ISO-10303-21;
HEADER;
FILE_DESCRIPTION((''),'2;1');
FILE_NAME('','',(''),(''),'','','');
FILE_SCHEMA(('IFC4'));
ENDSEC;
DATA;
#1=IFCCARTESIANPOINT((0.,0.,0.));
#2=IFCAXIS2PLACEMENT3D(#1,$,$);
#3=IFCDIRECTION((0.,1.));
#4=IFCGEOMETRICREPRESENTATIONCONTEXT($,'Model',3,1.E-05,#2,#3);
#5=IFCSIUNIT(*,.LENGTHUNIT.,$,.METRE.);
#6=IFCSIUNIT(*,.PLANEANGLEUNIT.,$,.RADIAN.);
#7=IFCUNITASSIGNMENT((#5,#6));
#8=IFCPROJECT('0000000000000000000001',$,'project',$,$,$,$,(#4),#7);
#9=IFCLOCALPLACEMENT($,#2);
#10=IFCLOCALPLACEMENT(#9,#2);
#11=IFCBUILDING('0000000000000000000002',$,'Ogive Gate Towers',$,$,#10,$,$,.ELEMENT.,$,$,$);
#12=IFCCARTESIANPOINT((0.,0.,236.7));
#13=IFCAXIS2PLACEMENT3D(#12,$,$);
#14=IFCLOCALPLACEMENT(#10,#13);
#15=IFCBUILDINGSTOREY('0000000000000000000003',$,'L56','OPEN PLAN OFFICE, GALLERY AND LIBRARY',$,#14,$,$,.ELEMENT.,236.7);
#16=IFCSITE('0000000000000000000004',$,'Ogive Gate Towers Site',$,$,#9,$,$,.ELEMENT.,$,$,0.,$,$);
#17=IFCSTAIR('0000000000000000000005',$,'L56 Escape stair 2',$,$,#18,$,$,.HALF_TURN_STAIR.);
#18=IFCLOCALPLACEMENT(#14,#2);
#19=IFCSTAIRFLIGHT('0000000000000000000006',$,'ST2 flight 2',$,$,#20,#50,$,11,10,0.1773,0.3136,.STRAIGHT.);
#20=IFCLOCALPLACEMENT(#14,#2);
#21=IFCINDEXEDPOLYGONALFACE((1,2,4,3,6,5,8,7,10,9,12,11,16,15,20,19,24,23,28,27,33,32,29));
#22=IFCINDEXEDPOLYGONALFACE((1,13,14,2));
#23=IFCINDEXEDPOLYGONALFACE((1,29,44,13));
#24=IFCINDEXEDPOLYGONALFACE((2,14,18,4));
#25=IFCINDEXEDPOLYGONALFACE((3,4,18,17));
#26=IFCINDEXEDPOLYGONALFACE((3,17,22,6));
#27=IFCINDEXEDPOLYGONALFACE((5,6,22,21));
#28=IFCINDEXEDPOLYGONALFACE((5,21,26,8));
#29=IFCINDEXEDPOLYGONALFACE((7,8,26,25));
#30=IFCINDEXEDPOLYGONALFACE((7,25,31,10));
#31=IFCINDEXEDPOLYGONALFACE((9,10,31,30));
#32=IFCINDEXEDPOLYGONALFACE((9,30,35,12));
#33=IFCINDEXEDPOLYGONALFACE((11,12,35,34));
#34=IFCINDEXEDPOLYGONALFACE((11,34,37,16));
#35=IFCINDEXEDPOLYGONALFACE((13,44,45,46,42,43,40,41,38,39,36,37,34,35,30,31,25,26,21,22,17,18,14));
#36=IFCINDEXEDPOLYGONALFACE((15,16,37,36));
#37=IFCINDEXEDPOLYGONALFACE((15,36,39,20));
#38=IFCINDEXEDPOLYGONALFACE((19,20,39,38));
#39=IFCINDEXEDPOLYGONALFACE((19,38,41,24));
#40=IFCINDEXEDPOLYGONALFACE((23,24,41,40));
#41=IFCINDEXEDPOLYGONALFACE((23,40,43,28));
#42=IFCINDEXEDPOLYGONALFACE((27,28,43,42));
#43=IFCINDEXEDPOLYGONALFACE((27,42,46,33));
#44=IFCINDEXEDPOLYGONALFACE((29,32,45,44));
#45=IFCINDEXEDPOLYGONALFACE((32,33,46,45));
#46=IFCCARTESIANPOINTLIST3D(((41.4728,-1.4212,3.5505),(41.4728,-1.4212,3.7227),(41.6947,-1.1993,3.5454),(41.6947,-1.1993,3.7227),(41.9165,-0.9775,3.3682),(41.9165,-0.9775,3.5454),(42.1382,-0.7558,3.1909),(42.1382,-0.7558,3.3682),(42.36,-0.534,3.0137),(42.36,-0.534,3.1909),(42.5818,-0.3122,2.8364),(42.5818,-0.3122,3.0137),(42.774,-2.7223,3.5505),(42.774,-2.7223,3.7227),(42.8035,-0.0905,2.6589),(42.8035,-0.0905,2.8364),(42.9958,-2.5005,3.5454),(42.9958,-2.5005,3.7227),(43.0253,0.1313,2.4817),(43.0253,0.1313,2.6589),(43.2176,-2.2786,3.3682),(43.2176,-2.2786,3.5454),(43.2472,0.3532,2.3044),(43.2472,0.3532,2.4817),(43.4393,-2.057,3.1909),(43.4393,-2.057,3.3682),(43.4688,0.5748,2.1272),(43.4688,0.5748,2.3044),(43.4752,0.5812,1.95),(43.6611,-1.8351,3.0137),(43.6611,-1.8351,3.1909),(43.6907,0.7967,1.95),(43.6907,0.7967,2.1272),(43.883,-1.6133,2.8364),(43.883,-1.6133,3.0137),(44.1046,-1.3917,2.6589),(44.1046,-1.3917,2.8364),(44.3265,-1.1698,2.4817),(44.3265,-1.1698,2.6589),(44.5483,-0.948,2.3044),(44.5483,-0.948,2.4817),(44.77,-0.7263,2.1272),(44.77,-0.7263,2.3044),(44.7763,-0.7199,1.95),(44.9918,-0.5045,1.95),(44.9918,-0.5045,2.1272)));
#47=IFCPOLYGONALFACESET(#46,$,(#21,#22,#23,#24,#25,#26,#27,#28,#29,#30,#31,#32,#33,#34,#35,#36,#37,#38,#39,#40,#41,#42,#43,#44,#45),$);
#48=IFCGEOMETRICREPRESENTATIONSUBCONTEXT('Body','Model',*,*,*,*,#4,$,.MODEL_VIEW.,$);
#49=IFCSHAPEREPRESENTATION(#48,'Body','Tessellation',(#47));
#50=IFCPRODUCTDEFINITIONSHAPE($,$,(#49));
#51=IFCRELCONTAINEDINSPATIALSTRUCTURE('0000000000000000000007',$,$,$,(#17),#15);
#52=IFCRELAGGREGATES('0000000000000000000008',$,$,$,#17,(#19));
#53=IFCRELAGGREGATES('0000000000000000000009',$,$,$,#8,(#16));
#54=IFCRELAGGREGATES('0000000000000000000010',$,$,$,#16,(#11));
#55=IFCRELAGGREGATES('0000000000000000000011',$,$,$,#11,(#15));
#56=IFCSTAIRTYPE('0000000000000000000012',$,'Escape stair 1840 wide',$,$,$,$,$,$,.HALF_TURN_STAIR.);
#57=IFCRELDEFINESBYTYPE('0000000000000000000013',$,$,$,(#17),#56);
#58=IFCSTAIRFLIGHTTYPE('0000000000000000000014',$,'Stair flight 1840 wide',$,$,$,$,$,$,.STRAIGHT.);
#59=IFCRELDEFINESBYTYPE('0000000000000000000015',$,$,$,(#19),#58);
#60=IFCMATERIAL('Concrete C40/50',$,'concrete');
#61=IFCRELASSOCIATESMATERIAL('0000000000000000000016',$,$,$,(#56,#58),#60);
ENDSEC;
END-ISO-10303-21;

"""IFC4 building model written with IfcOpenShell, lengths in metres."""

from ifc_helpers import new_model, si_unit, direction, frame, origin, place, context, subcontext, project, spatial, polyline, outline, extrude, material, type_object, element, aggregate, save


model = new_model("IFC4")

# Units and contexts
model_context = context("Model", 3, precision=1e-05, world=origin(), true_north=direction((0.0, 1.0)))
body_context = subcontext(model_context, "Body", "Model", "MODEL_VIEW")
ifc_project = project(units=[si_unit("LENGTHUNIT", "METRE"), si_unit("PLANEANGLEUNIT", "RADIAN")], contexts=[model_context])

# Site, building, storey
site_placement = place(None, origin())
site = spatial("IfcSite", under=ifc_project, at=site_placement, Name="Ogive Gate Towers Site", CompositionType="ELEMENT", RefElevation=0.0)
building_placement = place(site_placement, origin())
building = spatial("IfcBuilding", under=site, at=building_placement, Name="Ogive Gate Towers", CompositionType="ELEMENT")
storey_placement = place(building_placement, frame((0.0, 0.0, 236.7)))
storey = spatial("IfcBuildingStorey", under=building, at=storey_placement, Name="L56", Description="OPEN PLAN OFFICE, GALLERY AND LIBRARY", CompositionType="ELEMENT", Elevation=236.7)

# Stair, stair flight
ifc_material_1 = material(Name="Concrete C40/50", Category="concrete")
stair_type = type_object("IfcStairType", Name="Escape stair 1840 wide", PredefinedType="HALF_TURN_STAIR", material=ifc_material_1)
stair_placement = place(storey_placement, origin())
stair = element("IfcStair", 1, at=stair_placement, inside=storey, type_object=stair_type, Name="L56 Escape stair 2", PredefinedType="HALF_TURN_STAIR")
stair_flight_type = type_object("IfcStairFlightType", Name="Stair flight 1840 wide", PredefinedType="STRAIGHT", material=ifc_material_1)
stair_flight_placement = place(storey_placement, frame((44.3413, 0.146, 1.95), z_axis=(0.0, 0.0, 1.0), x_axis=(-0.707107, -0.707107, 0.0)))
stair_flight = element("IfcStairFlight", 2, at=stair_flight_placement, type_object=stair_flight_type, Name="ST2 flight 2", NumberOfRisers=11, NumberOfTreads=10, PredefinedType="STRAIGHT", RiserHeight=0.1773, TreadLength=0.3136, context=body_context, shape_type="SweptSolid", body=[
    extrude(outline(polyline([(0.0, 0.0), (0.0, 0.1772), (0.3137, 0.1772), (0.3137, 0.3545), (0.6272, 0.3545), (0.6272, 0.5317), (0.9409, 0.5317), (0.9409, 0.709), (1.2546, 0.709), (1.2546, 0.8865), (1.5681, 0.8865), (1.5681, 1.0637), (1.8818, 1.0637), (1.8818, 1.241), (2.1956, 1.241), (2.1956, 1.4182), (2.509, 1.4182), (2.509, 1.5955), (2.8228, 1.5955), (2.8228, 1.7727), (3.1365, 1.7727), (3.1365, 1.95), (3.1365, 1.6006), (0.3047, 0.0), (0.0, 0.0)])), frame((0.0, 0.9199, 0.0), z_axis=(0.0, -1.0, 0.0), x_axis=(1.0, 0.0, 0.0)), (0.0, 0.0, 1.0), 1.8401),
])
aggregate(stair, [stair_flight])

save(model, "model.ifc")
